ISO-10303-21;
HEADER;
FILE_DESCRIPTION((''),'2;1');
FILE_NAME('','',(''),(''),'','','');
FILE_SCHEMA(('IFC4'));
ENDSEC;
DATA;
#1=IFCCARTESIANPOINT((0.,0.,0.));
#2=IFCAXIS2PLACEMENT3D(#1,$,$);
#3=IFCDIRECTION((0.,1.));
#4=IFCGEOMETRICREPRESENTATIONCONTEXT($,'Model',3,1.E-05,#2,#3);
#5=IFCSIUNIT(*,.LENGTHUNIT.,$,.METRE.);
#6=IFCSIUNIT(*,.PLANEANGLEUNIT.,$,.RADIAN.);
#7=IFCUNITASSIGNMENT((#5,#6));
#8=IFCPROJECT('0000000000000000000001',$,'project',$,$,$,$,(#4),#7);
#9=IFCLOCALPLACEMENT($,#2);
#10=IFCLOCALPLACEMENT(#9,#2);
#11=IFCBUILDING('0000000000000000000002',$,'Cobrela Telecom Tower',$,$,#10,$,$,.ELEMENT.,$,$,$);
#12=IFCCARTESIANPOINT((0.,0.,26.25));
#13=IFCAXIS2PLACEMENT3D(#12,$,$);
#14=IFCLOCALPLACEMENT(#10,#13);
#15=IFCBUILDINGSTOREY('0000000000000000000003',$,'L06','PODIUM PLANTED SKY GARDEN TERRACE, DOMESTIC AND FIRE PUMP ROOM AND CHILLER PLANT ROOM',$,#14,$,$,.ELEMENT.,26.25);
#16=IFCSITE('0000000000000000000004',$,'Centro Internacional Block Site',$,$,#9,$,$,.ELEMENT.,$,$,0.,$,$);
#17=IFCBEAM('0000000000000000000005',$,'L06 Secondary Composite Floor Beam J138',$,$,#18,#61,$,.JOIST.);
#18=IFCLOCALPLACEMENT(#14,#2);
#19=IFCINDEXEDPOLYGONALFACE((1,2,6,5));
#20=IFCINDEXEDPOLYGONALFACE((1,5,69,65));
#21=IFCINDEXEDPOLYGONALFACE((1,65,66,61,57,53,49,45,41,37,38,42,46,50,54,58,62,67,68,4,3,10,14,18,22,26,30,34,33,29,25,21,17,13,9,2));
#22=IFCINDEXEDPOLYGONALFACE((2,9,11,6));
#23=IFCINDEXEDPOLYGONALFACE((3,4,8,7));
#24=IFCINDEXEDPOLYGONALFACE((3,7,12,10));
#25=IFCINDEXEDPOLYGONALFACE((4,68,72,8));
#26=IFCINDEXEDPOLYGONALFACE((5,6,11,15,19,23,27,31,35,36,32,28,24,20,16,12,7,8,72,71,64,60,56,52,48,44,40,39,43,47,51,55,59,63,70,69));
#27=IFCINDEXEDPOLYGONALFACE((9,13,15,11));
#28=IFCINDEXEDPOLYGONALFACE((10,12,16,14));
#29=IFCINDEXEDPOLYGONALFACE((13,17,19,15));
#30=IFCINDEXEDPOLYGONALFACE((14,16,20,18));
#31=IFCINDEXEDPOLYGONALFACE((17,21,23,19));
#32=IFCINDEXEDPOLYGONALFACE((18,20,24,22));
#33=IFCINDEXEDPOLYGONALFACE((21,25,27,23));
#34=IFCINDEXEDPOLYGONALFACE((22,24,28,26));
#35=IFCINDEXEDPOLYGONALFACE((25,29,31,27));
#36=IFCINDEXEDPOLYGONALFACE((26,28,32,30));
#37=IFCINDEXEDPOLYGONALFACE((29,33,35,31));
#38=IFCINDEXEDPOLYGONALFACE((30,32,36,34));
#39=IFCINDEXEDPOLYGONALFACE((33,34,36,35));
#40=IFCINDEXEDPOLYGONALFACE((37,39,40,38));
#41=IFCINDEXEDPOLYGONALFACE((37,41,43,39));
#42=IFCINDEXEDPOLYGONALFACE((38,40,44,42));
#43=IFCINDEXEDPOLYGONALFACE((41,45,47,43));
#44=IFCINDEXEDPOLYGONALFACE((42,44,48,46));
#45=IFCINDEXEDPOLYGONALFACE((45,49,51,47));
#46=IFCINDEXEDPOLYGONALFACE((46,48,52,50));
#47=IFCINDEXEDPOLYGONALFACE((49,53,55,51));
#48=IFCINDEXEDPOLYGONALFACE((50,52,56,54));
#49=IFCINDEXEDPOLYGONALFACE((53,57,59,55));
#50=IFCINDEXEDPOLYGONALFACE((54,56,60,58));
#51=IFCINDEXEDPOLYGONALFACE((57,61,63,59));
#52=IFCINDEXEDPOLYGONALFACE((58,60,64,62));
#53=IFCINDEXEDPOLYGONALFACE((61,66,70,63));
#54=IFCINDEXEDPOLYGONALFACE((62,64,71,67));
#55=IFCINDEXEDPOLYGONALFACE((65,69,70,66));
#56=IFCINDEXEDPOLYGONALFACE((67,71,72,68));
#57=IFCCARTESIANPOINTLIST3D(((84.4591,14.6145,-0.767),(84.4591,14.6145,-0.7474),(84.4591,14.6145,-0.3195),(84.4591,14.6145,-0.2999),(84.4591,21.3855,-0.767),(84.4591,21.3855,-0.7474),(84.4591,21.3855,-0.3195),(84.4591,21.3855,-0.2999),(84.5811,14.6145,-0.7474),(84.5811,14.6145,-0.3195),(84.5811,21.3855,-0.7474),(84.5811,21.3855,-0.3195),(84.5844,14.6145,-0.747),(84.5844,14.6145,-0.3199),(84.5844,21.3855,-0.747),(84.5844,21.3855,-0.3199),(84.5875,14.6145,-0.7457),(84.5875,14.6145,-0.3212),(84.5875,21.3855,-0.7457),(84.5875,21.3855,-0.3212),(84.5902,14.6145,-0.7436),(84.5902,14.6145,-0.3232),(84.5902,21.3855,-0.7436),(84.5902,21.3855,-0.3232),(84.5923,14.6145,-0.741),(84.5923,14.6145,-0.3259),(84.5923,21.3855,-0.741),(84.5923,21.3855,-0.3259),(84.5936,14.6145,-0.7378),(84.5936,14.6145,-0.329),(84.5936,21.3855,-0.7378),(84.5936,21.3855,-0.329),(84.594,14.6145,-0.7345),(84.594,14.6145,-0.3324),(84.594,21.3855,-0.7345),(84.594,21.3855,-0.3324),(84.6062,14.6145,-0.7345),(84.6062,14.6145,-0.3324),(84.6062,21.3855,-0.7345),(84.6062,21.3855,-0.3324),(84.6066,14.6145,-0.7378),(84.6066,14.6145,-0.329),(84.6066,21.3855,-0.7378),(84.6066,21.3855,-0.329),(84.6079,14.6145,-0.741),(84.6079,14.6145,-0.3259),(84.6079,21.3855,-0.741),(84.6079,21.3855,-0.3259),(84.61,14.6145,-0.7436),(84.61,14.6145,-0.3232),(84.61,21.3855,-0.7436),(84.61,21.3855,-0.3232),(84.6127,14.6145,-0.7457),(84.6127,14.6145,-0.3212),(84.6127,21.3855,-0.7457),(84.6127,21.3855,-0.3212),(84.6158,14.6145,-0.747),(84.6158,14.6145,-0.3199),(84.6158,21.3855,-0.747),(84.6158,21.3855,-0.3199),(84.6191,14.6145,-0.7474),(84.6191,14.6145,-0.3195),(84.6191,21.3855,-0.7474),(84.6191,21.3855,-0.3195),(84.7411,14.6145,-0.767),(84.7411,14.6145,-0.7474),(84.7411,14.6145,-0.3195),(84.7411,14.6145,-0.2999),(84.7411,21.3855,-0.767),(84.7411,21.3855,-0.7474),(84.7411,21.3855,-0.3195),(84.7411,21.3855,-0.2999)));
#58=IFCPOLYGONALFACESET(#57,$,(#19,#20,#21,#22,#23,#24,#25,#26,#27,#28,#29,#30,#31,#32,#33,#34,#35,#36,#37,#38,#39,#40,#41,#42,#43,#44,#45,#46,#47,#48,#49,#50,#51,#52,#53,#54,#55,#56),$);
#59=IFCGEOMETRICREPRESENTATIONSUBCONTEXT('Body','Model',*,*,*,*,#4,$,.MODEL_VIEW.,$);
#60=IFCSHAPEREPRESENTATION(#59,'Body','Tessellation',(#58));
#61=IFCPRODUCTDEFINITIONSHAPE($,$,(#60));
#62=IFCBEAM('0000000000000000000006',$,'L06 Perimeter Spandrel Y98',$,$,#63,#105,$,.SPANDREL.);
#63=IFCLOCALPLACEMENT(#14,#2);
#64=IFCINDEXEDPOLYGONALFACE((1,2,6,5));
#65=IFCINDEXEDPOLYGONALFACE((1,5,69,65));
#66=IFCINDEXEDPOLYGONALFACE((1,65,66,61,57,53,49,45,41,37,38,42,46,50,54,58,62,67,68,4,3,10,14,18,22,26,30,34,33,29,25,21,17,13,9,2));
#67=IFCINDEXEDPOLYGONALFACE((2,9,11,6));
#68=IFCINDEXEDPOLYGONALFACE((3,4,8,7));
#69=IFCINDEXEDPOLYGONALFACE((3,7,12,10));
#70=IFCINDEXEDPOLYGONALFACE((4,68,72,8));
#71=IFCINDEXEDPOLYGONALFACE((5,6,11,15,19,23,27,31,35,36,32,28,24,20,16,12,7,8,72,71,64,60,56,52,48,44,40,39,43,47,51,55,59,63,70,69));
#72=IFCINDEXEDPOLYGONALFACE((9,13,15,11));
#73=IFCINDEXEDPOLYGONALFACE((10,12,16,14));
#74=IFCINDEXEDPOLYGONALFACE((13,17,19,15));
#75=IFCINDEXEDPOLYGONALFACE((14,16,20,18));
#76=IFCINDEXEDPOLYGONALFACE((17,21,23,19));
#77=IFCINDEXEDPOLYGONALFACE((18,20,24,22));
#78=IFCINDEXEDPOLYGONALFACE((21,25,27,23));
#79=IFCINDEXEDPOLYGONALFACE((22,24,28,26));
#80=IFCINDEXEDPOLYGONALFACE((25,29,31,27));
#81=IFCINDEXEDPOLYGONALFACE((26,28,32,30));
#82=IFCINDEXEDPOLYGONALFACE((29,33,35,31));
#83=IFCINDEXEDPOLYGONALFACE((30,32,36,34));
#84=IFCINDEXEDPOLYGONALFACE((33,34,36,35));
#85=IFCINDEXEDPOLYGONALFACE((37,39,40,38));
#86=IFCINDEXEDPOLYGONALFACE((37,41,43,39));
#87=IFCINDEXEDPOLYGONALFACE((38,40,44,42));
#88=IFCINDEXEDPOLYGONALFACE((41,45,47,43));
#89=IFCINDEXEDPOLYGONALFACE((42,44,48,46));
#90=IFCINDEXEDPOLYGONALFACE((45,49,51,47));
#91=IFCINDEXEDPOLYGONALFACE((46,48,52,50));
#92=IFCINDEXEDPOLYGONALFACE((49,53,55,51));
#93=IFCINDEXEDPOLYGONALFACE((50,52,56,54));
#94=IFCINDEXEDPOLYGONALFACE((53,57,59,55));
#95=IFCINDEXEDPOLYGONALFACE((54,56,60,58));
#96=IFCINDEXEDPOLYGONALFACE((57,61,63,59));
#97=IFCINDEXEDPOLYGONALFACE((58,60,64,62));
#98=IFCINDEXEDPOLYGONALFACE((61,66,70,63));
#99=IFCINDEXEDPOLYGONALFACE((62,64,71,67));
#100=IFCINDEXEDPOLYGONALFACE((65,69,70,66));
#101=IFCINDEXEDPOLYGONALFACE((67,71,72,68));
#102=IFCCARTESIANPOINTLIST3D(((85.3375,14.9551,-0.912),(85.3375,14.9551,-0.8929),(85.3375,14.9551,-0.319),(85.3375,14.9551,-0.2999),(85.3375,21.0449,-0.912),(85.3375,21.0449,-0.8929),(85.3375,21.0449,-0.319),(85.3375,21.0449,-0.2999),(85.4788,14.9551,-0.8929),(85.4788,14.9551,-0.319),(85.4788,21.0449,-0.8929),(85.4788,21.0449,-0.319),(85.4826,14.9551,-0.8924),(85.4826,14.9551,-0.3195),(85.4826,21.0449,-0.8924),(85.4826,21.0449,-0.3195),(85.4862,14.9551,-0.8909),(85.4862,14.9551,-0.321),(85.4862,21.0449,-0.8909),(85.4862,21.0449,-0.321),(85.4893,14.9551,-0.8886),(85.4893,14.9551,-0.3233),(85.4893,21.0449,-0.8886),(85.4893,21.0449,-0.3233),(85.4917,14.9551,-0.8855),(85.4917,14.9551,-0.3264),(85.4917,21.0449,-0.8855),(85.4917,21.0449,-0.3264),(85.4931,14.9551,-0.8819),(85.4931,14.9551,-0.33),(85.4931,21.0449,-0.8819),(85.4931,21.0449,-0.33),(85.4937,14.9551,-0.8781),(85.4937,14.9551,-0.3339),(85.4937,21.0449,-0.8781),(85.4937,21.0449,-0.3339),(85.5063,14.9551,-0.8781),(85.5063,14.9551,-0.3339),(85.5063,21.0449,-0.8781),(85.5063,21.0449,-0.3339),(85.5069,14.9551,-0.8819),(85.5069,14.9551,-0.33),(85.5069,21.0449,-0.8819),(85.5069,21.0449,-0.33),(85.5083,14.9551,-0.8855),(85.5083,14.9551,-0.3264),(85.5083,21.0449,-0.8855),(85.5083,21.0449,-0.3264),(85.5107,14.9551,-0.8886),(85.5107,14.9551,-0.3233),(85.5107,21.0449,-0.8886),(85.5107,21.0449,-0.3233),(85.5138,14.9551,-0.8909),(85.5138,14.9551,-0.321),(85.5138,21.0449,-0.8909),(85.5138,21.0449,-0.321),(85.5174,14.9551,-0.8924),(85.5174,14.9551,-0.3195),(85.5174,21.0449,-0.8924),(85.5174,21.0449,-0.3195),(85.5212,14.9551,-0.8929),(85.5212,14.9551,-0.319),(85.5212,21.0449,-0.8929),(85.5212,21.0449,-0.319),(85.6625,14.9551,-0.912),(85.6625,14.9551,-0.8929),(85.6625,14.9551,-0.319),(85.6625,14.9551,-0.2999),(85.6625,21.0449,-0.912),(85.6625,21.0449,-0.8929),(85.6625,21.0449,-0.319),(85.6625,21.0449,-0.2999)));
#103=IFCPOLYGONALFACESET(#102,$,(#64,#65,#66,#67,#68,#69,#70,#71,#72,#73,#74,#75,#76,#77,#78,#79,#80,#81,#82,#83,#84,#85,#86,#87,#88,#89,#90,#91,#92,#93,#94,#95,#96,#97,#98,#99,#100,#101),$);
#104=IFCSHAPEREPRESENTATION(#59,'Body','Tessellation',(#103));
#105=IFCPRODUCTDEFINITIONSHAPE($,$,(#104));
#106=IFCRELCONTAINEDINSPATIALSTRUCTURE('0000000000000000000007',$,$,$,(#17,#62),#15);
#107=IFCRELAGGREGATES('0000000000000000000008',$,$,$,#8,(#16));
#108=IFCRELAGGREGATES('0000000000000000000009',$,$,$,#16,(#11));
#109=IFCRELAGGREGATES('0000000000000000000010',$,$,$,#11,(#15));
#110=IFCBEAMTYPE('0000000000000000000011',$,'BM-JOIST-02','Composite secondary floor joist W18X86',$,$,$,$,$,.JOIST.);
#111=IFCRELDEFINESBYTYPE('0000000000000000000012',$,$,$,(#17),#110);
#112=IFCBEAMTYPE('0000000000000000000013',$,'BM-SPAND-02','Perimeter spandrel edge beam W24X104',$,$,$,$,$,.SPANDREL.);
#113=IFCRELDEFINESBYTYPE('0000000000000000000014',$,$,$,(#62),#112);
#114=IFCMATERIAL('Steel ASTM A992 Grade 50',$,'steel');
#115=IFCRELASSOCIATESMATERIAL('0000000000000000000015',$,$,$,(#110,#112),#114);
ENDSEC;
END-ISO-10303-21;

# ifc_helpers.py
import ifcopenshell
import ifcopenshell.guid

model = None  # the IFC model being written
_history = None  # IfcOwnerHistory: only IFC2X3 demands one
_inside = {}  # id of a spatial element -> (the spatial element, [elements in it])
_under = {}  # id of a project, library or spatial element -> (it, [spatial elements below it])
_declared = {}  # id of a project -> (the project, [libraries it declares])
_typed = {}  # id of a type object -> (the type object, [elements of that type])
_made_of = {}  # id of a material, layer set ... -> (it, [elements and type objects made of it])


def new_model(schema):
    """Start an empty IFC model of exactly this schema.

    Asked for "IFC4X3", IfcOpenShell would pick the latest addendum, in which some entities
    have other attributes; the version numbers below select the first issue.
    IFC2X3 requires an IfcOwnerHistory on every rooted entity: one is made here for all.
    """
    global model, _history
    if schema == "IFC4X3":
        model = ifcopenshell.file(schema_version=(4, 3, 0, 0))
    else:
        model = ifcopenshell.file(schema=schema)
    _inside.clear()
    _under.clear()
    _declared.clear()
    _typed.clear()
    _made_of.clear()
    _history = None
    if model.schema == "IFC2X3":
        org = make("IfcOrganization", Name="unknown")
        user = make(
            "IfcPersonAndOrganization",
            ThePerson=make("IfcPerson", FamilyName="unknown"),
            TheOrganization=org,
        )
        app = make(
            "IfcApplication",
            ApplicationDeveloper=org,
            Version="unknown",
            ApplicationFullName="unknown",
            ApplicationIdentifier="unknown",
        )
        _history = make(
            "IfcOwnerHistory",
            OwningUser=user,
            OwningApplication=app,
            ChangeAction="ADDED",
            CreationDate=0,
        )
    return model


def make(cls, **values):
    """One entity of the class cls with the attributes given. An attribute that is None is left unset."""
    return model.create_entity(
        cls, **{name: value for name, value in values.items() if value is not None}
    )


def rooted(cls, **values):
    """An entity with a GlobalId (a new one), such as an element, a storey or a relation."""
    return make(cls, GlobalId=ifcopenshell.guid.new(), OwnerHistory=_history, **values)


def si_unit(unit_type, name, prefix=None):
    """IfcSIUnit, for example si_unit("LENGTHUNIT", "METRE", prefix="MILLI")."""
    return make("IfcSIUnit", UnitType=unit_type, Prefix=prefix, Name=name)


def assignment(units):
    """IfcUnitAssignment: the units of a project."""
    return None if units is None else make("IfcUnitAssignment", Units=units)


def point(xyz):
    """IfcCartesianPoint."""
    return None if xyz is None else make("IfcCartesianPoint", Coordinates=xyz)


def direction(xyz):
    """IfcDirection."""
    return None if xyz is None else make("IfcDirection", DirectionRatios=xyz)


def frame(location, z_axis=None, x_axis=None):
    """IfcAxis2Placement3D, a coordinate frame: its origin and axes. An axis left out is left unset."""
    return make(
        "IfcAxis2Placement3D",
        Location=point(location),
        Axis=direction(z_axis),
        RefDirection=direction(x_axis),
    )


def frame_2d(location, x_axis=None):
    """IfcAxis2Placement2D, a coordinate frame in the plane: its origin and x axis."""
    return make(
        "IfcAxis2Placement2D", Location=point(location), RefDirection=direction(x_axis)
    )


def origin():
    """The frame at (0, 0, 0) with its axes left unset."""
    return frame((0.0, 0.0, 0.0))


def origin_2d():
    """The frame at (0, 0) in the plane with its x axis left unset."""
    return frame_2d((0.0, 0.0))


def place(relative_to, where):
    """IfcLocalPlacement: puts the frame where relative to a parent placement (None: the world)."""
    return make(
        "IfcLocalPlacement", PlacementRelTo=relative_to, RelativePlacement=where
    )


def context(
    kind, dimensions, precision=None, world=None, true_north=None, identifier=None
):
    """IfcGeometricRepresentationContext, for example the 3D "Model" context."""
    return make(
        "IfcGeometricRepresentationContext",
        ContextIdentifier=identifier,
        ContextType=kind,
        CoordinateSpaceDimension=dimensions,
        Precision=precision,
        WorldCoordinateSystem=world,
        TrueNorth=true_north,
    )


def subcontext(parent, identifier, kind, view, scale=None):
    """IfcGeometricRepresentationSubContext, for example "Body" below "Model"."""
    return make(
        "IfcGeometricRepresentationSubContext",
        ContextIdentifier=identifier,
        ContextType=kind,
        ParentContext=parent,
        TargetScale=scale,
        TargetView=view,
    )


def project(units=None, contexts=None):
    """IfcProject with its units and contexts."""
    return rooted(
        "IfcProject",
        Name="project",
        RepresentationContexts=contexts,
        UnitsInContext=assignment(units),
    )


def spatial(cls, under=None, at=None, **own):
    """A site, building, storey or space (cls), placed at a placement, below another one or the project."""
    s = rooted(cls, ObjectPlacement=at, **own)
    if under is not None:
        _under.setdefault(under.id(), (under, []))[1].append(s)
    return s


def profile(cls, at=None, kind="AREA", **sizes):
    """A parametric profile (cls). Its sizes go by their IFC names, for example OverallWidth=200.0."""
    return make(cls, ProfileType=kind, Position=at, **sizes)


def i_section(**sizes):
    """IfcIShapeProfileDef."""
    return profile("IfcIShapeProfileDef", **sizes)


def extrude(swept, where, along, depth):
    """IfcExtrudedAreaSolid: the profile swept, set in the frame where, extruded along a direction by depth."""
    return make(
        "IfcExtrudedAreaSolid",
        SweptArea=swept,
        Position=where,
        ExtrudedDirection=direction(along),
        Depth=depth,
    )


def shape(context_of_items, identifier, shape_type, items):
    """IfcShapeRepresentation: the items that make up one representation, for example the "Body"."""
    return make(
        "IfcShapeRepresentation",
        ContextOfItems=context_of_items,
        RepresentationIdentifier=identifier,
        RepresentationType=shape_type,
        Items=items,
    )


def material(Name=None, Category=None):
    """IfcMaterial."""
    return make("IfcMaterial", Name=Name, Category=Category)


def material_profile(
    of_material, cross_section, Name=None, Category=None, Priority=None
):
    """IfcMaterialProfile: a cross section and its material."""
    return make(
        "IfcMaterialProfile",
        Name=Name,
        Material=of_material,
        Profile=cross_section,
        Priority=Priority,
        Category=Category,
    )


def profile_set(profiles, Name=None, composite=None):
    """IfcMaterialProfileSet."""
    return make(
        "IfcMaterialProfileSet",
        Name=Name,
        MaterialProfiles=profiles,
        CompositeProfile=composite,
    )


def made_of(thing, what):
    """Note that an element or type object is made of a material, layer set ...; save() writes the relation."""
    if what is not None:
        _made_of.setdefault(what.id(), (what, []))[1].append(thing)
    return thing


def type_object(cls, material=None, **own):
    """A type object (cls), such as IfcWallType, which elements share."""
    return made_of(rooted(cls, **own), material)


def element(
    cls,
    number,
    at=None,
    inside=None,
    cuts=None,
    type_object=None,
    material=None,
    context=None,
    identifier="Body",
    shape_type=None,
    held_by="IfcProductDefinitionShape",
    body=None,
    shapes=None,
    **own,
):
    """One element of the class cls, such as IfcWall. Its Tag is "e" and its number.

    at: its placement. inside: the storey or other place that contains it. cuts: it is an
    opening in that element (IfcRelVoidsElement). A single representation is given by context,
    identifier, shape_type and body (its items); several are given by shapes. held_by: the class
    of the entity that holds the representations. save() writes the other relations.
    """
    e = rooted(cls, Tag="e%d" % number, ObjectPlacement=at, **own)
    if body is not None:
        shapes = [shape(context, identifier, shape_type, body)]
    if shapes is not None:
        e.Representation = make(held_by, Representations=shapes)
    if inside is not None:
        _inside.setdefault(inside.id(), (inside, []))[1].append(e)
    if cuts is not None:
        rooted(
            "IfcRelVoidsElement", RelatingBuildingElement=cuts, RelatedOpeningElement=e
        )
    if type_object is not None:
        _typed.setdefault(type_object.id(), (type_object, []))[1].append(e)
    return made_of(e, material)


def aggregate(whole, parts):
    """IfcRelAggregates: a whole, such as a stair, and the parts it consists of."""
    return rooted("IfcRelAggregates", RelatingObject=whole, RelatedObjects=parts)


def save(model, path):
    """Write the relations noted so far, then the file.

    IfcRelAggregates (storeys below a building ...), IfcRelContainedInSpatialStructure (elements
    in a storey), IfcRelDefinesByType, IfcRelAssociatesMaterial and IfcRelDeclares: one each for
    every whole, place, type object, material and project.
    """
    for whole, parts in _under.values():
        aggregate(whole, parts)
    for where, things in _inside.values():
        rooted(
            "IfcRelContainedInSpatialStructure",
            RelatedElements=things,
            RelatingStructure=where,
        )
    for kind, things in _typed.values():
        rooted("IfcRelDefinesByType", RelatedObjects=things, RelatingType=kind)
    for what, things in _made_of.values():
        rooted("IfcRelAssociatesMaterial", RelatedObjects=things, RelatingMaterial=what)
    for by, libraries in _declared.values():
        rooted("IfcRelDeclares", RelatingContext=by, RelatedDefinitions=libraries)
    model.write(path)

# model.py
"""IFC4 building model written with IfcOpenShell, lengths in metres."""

from ifc_helpers import new_model, si_unit, direction, frame, origin, origin_2d, place, context, subcontext, project, spatial, i_section, extrude, material, material_profile, profile_set, type_object, element, save


model = new_model("IFC4")

# Units and contexts
model_context = context("Model", 3, precision=1e-05, world=origin(), true_north=direction((0.0, 1.0)))
body_context = subcontext(model_context, "Body", "Model", "MODEL_VIEW")
ifc_project = project(units=[si_unit("LENGTHUNIT", "METRE"), si_unit("PLANEANGLEUNIT", "RADIAN")], contexts=[model_context])

# Site, building, storey
site_placement = place(None, origin())
site = spatial("IfcSite", under=ifc_project, at=site_placement, Name="Centro Internacional Block Site", CompositionType="ELEMENT", RefElevation=0.0)
building_placement = place(site_placement, origin())
building = spatial("IfcBuilding", under=site, at=building_placement, Name="Cobrela Telecom Tower", CompositionType="ELEMENT")
storey_placement = place(building_placement, frame((0.0, 0.0, 26.25)))
storey = spatial("IfcBuildingStorey", under=building, at=storey_placement, Name="L06", Description="PODIUM PLANTED SKY GARDEN TERRACE, DOMESTIC AND FIRE PUMP ROOM AND CHILLER PLANT ROOM", CompositionType="ELEMENT", Elevation=26.25)

# Beams
ifc_material_1 = material(Name="Steel ASTM A992 Grade 50", Category="steel")
ifc_material_profile_1 = material_profile(ifc_material_1, i_section(OverallWidth=0.282, OverallDepth=0.467, WebThickness=0.0122, FlangeThickness=0.0195, FilletRadius=0.0129, at=origin_2d()), Name="W18X86")
ifc_profile_set_1 = profile_set([ifc_material_profile_1], Name="Steel ASTM A992 Grade 50")
beam_type_1 = type_object("IfcBeamType", Name="BM-JOIST-02", Description="Composite secondary floor joist W18X86", PredefinedType="JOIST", material=ifc_profile_set_1)
for number, where, z_axis, x_axis, name in (
    (1, (84.6001, 14.6145, -0.5334), (0.0, 1.0, 0.0), (-1.0, 0.0, 0.0), "L06 Secondary Composite Floor Beam J138"),
):
    element("IfcBeam", number, at=place(storey_placement, frame(where, z_axis=z_axis, x_axis=x_axis)), inside=storey, type_object=beam_type_1, Name=name, PredefinedType="JOIST", context=body_context, shape_type="SweptSolid", body=[
        extrude(i_section(OverallWidth=0.282, OverallDepth=0.467, WebThickness=0.0122, FlangeThickness=0.0195, FilletRadius=0.0129, at=origin_2d()), origin(), (0.0, 0.0, 1.0), 6.771),
    ])
ifc_material_profile_2 = material_profile(ifc_material_1, i_section(OverallWidth=0.325, OverallDepth=0.6121, WebThickness=0.0127, FlangeThickness=0.019, FilletRadius=0.0149, at=origin_2d()), Name="W24X104")
ifc_profile_set_2 = profile_set([ifc_material_profile_2], Name="Steel ASTM A992 Grade 50")
beam_type_2 = type_object("IfcBeamType", Name="BM-SPAND-02", Description="Perimeter spandrel edge beam W24X104", PredefinedType="SPANDREL", material=ifc_profile_set_2)
beam_1_placement = place(storey_placement, frame((85.5, 14.9551, -0.606), z_axis=(0.0, 1.0, 0.0), x_axis=(-1.0, 0.0, 0.0)))
element("IfcBeam", 2, at=beam_1_placement, inside=storey, type_object=beam_type_2, Name="L06 Perimeter Spandrel Y98", PredefinedType="SPANDREL", context=body_context, shape_type="SweptSolid", body=[
    extrude(i_section(OverallWidth=0.325, OverallDepth=0.6121, WebThickness=0.0127, FlangeThickness=0.019, FilletRadius=0.0149, at=origin_2d()), origin(), (0.0, 0.0, 1.0), 6.0898),
])

save(model, "model.ifc")
